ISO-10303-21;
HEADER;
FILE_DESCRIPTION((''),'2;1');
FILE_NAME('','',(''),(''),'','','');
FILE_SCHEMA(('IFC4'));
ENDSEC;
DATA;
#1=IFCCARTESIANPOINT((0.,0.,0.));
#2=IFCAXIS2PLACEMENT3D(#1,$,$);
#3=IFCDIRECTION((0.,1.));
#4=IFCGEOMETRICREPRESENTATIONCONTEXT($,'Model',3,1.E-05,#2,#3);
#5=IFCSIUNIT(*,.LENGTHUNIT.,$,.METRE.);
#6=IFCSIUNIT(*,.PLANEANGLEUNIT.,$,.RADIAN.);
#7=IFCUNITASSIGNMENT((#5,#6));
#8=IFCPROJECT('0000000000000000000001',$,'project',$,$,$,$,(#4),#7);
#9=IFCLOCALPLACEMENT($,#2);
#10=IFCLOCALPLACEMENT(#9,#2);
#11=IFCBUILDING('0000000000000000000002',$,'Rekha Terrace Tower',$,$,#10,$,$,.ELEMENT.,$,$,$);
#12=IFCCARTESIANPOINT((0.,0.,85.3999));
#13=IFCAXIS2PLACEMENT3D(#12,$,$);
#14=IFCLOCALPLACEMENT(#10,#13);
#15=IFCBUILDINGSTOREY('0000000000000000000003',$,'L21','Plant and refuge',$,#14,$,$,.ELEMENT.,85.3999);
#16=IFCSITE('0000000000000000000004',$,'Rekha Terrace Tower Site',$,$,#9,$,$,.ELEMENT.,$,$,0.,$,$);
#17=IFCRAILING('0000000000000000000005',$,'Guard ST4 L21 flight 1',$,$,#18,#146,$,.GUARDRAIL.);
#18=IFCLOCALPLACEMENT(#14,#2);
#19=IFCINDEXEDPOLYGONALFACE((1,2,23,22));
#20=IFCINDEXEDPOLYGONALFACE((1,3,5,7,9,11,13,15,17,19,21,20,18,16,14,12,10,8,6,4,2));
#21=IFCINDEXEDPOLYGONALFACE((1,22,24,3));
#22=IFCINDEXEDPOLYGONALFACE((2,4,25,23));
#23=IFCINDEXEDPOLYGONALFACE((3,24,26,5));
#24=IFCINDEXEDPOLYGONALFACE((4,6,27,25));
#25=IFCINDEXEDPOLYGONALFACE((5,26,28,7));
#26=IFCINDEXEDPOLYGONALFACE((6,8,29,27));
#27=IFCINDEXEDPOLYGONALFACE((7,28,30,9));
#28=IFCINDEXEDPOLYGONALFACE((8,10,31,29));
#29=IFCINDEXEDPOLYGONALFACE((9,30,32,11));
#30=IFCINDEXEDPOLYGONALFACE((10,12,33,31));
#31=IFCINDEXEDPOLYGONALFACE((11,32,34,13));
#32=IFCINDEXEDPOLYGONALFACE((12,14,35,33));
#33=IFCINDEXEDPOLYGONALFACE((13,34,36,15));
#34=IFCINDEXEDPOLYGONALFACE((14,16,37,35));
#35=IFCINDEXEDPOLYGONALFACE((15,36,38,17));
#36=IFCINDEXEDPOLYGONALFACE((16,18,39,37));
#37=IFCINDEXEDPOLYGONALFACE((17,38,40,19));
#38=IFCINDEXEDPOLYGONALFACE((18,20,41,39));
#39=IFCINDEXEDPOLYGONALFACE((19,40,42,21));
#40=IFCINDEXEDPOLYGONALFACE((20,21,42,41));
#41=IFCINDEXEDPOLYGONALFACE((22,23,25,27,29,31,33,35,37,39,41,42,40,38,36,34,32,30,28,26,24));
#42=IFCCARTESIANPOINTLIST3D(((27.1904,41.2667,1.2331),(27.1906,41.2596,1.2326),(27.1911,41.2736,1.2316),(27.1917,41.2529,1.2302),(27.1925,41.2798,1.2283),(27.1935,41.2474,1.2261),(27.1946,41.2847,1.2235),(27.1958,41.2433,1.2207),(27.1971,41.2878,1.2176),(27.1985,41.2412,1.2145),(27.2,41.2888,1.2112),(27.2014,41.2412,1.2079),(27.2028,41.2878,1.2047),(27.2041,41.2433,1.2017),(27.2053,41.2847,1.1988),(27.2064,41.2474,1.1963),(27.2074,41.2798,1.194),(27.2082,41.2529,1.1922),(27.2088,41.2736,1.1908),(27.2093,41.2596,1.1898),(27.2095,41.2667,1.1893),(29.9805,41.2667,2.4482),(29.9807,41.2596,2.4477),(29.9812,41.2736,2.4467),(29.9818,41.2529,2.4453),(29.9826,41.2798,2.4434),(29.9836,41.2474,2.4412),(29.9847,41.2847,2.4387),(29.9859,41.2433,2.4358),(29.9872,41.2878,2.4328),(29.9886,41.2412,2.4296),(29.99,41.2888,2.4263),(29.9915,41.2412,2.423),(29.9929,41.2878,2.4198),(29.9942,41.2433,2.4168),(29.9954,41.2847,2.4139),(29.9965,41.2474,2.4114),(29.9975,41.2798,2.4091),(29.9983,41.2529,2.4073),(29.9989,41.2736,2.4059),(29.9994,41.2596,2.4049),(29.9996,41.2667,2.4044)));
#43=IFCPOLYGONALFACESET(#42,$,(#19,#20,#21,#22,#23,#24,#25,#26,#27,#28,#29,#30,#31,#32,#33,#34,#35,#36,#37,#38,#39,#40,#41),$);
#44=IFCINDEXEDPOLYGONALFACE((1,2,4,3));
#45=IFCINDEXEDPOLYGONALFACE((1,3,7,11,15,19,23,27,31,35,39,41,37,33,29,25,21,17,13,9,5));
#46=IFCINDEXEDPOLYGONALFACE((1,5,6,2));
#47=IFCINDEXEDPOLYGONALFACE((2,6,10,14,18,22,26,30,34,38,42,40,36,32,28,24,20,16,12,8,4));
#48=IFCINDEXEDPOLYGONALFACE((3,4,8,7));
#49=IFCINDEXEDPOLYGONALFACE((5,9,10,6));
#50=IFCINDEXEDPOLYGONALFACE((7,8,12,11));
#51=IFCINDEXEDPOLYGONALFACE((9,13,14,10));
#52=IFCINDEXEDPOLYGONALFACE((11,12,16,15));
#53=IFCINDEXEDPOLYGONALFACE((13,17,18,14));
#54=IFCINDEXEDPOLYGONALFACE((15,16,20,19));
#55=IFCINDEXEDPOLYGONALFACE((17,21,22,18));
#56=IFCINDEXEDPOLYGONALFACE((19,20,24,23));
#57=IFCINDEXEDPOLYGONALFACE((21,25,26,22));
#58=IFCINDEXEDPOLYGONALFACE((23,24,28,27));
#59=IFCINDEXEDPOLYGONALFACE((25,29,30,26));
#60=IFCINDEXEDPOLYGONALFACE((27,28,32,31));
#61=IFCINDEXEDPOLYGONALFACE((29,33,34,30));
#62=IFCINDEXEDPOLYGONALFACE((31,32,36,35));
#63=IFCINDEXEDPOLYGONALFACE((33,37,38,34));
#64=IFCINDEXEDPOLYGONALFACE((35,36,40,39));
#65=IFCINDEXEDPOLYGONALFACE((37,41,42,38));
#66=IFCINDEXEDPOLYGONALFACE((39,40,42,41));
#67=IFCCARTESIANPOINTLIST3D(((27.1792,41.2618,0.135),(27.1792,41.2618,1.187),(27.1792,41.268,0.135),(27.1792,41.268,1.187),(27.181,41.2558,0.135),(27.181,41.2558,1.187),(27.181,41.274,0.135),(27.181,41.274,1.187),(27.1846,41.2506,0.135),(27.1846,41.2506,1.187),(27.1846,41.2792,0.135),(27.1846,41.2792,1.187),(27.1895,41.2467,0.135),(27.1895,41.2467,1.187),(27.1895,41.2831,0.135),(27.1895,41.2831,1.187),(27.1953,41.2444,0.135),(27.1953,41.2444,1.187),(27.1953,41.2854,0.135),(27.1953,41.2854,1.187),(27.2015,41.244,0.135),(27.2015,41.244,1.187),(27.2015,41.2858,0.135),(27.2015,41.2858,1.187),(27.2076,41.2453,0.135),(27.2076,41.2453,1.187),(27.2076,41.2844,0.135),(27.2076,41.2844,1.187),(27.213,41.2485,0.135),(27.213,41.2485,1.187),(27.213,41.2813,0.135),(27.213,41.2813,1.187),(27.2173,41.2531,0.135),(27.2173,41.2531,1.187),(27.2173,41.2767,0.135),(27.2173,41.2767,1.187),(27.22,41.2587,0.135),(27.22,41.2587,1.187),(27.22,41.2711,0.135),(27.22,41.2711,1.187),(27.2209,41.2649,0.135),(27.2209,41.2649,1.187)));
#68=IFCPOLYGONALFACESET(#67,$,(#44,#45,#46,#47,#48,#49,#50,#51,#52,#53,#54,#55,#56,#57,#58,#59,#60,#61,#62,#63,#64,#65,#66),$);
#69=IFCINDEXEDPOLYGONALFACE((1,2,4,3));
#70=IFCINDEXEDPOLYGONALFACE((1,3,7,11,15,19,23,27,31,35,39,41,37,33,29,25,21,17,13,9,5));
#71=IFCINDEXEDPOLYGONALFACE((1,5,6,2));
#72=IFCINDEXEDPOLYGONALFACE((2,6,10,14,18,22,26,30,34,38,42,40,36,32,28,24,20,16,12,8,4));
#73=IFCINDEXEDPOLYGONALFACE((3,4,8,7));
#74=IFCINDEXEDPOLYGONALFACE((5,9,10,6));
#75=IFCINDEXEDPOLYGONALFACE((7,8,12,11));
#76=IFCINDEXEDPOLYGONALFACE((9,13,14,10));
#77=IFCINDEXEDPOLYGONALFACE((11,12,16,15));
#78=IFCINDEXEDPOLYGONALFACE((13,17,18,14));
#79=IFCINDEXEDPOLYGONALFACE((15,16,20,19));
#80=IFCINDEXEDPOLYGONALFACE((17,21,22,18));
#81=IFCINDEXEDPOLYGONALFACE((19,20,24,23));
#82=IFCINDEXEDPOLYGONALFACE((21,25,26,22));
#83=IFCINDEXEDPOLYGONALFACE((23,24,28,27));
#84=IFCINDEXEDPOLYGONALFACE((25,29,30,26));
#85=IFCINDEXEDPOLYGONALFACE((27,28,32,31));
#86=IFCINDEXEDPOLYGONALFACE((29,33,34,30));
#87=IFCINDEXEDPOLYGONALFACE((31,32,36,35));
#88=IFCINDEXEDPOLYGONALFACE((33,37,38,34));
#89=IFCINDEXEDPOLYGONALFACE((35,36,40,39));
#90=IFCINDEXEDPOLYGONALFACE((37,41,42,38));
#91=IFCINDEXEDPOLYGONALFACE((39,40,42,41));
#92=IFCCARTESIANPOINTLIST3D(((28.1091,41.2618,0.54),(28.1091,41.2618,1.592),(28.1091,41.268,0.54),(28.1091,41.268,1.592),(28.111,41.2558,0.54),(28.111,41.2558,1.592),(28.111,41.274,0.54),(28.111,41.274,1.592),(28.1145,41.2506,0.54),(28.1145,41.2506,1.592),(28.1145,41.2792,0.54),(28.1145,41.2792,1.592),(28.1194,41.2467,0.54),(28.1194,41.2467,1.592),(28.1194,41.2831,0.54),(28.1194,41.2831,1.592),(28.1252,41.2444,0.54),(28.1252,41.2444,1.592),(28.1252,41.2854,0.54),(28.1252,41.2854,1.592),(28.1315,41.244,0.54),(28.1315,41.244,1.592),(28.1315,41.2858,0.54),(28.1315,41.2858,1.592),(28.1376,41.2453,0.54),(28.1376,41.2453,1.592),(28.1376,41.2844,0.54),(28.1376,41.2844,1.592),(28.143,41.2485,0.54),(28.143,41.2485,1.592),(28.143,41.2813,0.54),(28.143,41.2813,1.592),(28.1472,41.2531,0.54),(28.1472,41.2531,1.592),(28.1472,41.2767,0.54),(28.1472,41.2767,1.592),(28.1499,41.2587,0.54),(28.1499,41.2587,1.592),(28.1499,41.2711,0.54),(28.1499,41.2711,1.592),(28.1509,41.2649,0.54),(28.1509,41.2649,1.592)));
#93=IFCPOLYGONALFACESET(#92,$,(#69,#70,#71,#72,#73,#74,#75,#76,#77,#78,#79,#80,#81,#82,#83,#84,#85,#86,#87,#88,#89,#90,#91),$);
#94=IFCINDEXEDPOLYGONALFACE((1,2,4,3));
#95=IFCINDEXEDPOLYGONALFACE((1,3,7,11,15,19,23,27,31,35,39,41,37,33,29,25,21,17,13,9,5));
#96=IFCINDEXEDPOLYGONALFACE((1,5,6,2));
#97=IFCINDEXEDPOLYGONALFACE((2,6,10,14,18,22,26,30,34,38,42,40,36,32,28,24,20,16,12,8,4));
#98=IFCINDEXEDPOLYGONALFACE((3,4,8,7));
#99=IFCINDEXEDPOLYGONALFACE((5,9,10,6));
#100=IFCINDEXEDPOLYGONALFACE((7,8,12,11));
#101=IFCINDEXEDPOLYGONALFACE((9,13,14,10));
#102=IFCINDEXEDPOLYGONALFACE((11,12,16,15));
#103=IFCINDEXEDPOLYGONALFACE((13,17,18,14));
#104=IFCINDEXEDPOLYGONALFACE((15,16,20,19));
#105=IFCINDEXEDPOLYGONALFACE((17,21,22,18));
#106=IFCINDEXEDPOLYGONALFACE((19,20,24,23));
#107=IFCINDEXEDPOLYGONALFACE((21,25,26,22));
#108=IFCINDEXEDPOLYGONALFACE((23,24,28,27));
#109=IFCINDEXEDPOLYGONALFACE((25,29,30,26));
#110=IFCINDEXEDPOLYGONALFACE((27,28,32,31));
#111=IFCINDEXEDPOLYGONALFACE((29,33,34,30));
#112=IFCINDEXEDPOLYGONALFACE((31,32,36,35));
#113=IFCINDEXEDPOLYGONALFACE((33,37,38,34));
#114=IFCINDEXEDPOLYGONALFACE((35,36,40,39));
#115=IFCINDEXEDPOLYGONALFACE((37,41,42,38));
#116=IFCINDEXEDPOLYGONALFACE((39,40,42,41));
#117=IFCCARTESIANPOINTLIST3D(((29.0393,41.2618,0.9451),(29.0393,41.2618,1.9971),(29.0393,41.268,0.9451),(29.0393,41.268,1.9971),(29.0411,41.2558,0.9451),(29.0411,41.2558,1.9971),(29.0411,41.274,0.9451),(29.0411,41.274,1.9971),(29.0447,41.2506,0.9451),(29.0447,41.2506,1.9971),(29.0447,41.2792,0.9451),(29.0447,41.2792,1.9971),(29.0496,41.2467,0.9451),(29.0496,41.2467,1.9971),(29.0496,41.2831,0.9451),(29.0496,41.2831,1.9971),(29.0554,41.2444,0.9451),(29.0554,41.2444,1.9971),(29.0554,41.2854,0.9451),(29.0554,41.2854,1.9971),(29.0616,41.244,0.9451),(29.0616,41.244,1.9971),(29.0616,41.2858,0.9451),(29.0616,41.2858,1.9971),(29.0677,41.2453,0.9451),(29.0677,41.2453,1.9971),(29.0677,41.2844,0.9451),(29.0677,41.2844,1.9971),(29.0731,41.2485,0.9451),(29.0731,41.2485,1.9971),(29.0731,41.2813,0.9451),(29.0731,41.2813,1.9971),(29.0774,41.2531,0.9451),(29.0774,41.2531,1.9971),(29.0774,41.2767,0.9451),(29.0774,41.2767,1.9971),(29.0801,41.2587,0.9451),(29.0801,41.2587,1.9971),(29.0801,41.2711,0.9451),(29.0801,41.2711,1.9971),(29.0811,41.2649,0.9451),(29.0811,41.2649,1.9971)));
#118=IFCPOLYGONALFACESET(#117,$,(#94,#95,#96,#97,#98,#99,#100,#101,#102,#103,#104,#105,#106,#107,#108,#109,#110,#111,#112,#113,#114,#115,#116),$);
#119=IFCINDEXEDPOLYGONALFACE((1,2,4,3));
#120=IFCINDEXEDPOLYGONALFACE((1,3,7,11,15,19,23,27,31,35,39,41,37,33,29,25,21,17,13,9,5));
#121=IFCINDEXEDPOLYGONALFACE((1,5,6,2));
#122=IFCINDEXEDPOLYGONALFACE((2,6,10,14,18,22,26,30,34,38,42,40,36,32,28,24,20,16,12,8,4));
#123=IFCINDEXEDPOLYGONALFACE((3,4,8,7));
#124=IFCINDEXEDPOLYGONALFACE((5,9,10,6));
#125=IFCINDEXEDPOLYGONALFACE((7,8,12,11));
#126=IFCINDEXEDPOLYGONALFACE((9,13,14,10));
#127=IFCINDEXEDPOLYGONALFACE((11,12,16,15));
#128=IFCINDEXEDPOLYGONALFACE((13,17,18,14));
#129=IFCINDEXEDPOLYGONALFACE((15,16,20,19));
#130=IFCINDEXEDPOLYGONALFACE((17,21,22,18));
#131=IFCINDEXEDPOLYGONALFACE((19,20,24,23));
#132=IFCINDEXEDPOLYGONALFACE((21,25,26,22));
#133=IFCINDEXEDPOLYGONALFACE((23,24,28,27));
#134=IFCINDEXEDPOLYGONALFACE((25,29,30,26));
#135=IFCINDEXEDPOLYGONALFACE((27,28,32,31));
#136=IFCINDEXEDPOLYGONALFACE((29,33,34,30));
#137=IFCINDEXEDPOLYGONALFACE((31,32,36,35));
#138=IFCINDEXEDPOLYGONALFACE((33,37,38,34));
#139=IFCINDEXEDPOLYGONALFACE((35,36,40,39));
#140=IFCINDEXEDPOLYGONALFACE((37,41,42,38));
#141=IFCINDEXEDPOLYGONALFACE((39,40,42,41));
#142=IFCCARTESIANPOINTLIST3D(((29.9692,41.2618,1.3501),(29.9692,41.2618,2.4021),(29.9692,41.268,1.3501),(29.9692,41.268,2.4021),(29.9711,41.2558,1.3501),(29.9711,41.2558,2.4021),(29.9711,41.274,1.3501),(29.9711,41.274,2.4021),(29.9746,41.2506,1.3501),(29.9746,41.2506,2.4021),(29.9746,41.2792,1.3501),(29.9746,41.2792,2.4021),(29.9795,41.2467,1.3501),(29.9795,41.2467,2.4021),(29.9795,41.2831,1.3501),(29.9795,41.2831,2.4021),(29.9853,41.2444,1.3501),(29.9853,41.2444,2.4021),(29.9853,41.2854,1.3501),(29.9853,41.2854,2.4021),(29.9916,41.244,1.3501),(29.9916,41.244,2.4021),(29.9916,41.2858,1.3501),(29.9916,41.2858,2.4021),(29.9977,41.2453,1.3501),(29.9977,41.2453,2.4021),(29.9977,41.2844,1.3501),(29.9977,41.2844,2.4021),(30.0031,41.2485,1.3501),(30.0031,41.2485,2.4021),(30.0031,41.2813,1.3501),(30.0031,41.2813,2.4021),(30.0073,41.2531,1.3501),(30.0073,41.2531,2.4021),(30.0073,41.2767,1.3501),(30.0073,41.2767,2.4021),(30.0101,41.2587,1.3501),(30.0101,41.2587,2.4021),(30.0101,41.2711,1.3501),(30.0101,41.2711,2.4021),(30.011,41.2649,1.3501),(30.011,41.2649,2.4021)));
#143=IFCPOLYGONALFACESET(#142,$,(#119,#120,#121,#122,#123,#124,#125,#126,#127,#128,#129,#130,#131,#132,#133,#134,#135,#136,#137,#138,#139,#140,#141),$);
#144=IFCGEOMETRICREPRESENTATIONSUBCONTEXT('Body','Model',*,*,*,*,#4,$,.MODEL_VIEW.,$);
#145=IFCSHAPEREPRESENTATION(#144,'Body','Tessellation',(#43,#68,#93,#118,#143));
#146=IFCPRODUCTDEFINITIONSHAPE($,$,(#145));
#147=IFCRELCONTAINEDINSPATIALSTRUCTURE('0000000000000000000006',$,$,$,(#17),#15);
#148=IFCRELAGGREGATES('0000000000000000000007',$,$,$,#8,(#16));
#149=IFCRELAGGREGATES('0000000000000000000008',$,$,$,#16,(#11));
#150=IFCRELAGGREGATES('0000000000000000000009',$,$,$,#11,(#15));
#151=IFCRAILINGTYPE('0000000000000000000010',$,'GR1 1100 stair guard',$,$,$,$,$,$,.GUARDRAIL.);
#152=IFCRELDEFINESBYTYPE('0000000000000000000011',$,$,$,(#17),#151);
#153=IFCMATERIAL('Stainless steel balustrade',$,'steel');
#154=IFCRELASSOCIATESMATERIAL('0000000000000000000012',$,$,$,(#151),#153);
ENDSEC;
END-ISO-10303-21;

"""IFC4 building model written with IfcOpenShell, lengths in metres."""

from ifc_helpers import new_model, si_unit, direction, frame, origin, origin_2d, place, context, subcontext, project, spatial, circle, extrude, material, type_object, element, save


model = new_model("IFC4")

# Units and contexts
model_context = context("Model", 3, precision=1e-05, world=origin(), true_north=direction((0.0, 1.0)))
body_context = subcontext(model_context, "Body", "Model", "MODEL_VIEW")
ifc_project = project(units=[si_unit("LENGTHUNIT", "METRE"), si_unit("PLANEANGLEUNIT", "RADIAN")], contexts=[model_context])

# Site, building, storey
site_placement = place(None, origin())
site = spatial("IfcSite", under=ifc_project, at=site_placement, Name="Rekha Terrace Tower Site", CompositionType="ELEMENT", RefElevation=0.0)
building_placement = place(site_placement, origin())
building = spatial("IfcBuilding", under=site, at=building_placement, Name="Rekha Terrace Tower", CompositionType="ELEMENT")
storey_placement = place(building_placement, frame((0.0, 0.0, 85.3999)))
storey = spatial("IfcBuildingStorey", under=building, at=storey_placement, Name="L21", Description="Plant and refuge", CompositionType="ELEMENT", Elevation=85.3999)

# Railing
ifc_material_1 = material(Name="Stainless steel balustrade", Category="steel")
railing_type_1 = type_object("IfcRailingType", Name="GR1 1100 stair guard", PredefinedType="GUARDRAIL", material=ifc_material_1)
railing_1_placement = place(storey_placement, frame((27.2, 41.2649, 0.135)))
element("IfcRailing", 1, at=railing_1_placement, inside=storey, type_object=railing_type_1, Name="Guard ST4 L21 flight 1", PredefinedType="GUARDRAIL", context=body_context, shape_type="SweptSolid", body=[
    extrude(circle(Radius=0.0239, at=origin_2d()), frame((0.0, 0.0, 1.0762), z_axis=(0.916826, 0.0, 0.399286), x_axis=(0.0, 1.0, 0.0)), (0.0, 0.0, 1.0), 3.0432),
    extrude(circle(Radius=0.021, at=origin_2d()), origin(), (0.0, 0.0, 1.0), 1.052),
    extrude(circle(Radius=0.021, at=origin_2d()), frame((0.9299, 0.0, 0.405)), (0.0, 0.0, 1.0), 1.052),
    extrude(circle(Radius=0.021, at=origin_2d()), frame((1.8601, 0.0, 0.8101)), (0.0, 0.0, 1.0), 1.052),
    extrude(circle(Radius=0.021, at=origin_2d()), frame((2.79, 0.0, 1.2151)), (0.0, 0.0, 1.0), 1.052),
])

save(model, "model.ifc")
